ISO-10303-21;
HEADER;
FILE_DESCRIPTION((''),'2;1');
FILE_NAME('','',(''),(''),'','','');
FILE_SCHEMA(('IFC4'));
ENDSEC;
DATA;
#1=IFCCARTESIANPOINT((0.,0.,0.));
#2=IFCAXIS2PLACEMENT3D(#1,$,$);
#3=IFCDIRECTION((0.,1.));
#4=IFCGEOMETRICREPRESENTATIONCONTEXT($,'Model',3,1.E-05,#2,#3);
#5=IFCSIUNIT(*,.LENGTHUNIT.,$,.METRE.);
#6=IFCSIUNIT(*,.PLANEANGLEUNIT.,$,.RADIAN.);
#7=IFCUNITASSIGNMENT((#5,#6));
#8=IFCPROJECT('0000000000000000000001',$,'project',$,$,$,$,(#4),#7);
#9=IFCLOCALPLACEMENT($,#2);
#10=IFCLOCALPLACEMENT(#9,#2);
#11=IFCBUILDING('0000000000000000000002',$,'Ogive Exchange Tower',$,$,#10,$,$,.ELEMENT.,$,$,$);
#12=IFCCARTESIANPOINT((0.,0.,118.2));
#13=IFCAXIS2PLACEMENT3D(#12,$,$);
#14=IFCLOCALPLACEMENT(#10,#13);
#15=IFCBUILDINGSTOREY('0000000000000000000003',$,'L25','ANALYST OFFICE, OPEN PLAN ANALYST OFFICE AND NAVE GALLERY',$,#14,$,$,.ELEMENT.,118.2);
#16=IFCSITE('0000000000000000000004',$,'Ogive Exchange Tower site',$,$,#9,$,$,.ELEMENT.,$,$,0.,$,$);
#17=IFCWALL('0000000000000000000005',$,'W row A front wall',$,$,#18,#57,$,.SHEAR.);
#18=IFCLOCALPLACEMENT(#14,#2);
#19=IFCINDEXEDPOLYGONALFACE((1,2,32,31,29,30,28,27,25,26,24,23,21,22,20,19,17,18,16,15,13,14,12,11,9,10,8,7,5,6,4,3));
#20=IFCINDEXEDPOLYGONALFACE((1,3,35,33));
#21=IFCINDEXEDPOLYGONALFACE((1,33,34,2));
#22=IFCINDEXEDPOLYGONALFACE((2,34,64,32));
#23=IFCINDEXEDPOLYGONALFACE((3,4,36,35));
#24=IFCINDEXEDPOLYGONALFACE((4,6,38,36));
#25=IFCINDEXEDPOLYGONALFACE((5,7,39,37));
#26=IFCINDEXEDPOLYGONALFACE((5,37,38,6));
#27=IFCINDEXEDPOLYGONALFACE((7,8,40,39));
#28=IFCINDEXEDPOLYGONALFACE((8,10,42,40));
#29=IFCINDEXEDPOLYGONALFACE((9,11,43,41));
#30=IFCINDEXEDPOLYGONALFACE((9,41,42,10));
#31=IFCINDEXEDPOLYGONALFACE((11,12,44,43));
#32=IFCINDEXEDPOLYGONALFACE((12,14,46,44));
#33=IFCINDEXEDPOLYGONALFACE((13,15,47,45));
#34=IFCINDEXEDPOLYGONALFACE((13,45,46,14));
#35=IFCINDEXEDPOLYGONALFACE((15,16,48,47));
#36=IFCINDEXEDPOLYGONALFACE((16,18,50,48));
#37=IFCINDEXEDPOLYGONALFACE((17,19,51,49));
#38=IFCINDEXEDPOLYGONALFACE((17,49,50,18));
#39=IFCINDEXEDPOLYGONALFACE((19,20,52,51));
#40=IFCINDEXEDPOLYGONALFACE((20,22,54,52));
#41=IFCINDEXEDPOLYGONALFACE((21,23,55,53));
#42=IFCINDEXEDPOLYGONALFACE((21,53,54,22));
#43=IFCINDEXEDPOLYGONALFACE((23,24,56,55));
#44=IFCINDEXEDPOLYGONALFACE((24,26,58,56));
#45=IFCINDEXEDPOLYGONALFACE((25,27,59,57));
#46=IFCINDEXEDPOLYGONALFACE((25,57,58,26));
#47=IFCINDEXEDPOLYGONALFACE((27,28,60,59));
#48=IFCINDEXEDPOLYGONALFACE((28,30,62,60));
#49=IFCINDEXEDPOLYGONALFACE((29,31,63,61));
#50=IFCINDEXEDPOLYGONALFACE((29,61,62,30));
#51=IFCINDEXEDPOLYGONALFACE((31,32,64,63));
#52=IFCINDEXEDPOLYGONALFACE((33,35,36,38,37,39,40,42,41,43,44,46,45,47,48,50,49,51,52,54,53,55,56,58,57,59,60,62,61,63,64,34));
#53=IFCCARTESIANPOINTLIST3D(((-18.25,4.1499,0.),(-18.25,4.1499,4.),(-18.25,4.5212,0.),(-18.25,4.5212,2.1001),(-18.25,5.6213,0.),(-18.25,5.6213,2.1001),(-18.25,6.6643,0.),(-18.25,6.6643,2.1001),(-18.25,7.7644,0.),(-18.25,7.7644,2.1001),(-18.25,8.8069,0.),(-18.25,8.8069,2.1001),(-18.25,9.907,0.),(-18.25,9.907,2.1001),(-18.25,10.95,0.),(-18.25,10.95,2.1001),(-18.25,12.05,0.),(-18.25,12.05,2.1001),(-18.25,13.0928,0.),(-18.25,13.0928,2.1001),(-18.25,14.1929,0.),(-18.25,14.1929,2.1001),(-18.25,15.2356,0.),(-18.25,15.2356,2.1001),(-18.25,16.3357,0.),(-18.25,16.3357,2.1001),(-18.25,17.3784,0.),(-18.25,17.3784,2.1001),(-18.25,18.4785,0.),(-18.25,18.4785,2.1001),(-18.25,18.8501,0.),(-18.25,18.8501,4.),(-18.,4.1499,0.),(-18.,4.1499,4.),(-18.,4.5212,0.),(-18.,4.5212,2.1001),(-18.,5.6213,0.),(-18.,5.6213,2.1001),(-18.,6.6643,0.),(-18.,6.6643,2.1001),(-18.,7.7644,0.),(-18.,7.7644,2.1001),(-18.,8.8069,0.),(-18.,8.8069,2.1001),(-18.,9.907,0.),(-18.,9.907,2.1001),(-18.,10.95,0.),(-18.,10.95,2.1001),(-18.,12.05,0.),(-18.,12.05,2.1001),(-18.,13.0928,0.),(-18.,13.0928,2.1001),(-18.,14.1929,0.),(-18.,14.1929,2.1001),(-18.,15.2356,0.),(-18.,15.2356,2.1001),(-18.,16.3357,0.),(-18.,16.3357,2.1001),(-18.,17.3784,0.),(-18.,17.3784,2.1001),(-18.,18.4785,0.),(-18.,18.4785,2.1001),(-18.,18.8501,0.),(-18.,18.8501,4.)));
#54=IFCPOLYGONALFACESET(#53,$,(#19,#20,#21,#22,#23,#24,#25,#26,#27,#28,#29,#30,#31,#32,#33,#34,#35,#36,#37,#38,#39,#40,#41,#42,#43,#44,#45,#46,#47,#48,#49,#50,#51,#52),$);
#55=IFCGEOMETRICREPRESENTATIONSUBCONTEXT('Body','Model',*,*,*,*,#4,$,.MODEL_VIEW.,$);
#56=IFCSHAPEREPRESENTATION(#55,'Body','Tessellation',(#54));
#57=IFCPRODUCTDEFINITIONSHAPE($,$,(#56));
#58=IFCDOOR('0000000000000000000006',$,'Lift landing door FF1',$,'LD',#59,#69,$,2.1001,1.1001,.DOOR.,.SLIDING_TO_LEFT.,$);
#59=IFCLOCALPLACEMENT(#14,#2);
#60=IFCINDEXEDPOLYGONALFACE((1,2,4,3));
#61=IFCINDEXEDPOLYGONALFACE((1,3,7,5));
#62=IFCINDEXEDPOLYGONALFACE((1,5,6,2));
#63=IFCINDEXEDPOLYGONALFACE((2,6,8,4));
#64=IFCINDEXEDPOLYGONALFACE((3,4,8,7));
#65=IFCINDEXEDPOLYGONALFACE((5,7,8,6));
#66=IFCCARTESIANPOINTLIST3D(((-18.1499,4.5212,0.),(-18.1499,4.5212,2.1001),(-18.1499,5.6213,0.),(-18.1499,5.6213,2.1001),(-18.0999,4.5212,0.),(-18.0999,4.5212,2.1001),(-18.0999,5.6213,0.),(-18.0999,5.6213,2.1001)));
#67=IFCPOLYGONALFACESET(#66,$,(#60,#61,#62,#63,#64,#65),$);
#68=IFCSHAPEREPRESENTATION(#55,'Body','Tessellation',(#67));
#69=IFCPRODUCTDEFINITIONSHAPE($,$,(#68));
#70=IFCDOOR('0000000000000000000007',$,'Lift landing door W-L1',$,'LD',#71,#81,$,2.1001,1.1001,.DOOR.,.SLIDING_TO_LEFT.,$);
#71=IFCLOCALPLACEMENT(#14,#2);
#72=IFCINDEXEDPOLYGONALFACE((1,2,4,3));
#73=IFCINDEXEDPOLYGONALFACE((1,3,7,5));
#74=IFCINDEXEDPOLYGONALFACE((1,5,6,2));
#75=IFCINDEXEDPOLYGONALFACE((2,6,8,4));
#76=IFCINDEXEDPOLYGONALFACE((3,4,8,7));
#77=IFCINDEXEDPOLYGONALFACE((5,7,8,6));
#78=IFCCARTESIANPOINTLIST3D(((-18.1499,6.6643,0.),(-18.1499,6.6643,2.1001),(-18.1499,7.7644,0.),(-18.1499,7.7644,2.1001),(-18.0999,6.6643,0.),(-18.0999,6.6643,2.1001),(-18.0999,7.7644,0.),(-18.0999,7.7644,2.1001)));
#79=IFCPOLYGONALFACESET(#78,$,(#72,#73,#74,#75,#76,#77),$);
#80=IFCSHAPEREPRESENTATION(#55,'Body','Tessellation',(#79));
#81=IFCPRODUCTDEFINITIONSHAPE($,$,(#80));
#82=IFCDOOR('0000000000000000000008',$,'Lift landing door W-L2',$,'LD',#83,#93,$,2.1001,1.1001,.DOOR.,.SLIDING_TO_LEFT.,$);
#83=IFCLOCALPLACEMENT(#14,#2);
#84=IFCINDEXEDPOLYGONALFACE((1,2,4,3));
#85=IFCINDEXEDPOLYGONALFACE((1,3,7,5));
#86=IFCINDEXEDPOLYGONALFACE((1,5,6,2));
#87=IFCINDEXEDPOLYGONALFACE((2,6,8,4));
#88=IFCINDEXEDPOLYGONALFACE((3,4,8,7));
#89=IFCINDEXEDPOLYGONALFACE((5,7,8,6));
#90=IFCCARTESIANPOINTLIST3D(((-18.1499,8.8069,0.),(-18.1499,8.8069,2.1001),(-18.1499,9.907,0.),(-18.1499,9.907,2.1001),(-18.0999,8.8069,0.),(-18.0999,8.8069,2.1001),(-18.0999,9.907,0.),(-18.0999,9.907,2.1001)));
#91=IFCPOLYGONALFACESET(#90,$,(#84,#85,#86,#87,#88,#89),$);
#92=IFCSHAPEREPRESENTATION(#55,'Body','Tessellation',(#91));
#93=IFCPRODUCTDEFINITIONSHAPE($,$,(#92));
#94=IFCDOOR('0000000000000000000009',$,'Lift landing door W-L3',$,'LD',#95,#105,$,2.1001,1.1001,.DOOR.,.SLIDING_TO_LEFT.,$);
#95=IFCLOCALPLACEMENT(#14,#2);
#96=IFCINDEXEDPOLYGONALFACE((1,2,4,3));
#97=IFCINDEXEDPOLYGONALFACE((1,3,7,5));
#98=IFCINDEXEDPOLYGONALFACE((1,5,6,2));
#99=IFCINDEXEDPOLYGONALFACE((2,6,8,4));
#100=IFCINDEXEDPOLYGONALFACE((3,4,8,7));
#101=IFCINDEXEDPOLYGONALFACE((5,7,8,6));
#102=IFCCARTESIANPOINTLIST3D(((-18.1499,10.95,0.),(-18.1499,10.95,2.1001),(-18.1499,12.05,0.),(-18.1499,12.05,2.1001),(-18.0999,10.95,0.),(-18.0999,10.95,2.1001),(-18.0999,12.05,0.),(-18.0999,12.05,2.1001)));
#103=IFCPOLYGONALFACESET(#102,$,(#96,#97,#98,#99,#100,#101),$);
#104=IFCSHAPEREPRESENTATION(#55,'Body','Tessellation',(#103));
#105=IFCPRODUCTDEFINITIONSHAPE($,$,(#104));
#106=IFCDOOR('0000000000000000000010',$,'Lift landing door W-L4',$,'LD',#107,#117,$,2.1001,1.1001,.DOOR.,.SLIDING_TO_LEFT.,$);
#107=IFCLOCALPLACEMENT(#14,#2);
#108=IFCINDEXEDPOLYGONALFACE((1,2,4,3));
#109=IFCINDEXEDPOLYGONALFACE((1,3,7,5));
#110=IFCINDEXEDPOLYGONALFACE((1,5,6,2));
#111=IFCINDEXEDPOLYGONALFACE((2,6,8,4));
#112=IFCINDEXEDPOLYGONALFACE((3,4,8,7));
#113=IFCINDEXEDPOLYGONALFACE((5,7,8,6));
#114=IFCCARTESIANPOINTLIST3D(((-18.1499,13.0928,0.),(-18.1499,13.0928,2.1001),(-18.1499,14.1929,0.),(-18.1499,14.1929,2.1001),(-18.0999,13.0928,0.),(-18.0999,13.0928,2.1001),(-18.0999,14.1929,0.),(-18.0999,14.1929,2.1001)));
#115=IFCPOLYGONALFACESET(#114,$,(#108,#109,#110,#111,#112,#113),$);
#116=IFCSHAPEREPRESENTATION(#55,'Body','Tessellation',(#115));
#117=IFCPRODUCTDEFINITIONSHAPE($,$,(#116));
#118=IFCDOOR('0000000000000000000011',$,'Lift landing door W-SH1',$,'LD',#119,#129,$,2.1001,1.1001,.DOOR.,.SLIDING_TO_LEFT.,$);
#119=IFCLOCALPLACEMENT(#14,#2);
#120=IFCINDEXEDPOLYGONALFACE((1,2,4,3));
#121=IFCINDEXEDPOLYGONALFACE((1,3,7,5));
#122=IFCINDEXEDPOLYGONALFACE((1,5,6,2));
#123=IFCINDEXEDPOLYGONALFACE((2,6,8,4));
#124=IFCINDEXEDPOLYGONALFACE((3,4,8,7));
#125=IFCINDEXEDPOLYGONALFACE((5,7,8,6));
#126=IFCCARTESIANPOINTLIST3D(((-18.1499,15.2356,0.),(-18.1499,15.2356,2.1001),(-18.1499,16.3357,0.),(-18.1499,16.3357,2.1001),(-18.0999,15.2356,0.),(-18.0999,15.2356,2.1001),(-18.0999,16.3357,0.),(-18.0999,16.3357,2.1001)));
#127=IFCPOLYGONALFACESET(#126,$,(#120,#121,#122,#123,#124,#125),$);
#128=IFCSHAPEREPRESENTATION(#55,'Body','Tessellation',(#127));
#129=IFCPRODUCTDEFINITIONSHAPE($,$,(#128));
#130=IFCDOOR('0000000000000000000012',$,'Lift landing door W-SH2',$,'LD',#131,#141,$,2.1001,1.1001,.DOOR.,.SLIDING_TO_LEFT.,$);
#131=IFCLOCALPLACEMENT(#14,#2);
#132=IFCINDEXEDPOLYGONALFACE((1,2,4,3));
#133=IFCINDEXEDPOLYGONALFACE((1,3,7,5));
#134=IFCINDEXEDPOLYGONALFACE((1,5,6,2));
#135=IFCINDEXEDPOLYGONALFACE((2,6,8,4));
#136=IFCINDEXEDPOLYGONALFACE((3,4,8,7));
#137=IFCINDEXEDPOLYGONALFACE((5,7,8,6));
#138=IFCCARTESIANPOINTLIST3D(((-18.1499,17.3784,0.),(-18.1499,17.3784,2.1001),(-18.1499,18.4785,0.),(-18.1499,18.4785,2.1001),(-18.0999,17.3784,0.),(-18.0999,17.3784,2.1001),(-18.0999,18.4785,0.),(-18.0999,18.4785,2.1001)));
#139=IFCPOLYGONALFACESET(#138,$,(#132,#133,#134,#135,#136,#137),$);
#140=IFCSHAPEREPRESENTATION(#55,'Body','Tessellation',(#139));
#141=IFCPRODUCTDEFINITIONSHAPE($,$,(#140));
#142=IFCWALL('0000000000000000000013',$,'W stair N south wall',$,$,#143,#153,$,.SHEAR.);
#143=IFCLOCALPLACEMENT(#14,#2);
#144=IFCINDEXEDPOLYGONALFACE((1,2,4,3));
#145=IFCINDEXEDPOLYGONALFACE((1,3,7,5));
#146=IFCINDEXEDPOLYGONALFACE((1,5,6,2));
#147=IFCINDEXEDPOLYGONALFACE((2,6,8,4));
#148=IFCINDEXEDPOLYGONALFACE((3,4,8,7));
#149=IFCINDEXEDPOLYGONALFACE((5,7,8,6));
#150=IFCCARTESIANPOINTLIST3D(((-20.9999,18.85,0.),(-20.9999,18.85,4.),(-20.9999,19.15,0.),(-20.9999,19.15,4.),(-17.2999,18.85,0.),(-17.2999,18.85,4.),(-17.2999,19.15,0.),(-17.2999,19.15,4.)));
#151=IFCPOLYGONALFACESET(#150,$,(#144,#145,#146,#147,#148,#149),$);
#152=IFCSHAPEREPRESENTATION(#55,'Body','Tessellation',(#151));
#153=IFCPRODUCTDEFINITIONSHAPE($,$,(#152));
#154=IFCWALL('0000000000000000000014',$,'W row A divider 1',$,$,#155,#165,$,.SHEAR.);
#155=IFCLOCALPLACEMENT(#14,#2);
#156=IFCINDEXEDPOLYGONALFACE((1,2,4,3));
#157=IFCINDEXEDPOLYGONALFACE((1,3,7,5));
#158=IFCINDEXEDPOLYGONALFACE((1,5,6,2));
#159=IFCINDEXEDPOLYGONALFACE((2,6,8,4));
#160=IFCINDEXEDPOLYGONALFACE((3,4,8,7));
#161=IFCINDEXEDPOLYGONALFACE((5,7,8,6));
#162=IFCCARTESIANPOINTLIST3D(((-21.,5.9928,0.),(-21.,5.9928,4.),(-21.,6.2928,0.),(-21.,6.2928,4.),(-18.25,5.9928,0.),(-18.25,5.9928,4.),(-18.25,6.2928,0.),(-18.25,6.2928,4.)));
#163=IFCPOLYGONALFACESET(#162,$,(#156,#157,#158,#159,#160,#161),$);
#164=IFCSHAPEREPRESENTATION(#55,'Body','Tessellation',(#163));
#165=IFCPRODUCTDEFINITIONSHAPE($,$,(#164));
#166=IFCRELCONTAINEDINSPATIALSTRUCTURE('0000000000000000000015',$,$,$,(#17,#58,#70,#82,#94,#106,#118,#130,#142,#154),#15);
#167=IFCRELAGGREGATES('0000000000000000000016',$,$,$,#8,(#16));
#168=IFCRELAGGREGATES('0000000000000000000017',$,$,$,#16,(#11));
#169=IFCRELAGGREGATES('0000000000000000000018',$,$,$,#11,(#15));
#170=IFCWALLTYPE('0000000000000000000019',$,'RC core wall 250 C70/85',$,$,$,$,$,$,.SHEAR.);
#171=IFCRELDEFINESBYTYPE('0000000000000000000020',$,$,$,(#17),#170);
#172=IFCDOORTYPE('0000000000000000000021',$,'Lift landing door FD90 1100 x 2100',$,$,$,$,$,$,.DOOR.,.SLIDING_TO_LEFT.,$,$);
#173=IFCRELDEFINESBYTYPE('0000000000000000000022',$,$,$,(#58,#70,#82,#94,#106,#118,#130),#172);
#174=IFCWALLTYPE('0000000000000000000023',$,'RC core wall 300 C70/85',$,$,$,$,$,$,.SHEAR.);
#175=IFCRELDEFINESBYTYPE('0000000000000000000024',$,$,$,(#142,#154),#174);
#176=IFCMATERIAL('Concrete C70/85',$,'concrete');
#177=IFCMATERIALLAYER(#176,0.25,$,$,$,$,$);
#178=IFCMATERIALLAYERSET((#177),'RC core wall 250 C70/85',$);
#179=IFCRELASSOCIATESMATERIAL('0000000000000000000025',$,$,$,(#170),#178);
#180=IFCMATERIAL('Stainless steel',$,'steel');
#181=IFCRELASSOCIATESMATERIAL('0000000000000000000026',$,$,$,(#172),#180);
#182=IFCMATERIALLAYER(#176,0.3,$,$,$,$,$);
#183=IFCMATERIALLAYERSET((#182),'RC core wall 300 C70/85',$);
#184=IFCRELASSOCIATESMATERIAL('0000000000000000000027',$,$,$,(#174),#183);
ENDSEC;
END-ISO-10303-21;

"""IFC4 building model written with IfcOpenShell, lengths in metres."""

from ifc_helpers import new_model, si_unit, direction, frame, frame_2d, origin, place, context, subcontext, project, spatial, rectangle, extrude, material, layer, layer_set, type_object, element, fill, save


model = new_model("IFC4")

# Units and contexts
model_context = context("Model", 3, precision=1e-05, world=origin(), true_north=direction((0.0, 1.0)))
body_context = subcontext(model_context, "Body", "Model", "MODEL_VIEW")
ifc_project = project(units=[si_unit("LENGTHUNIT", "METRE"), si_unit("PLANEANGLEUNIT", "RADIAN")], contexts=[model_context])

# Site, building, storey
site_placement = place(None, origin())
site = spatial("IfcSite", under=ifc_project, at=site_placement, Name="Ogive Exchange Tower site", CompositionType="ELEMENT", RefElevation=0.0)
building_placement = place(site_placement, origin())
building = spatial("IfcBuilding", under=site, at=building_placement, Name="Ogive Exchange Tower", CompositionType="ELEMENT")
storey_placement = place(building_placement, frame((0.0, 0.0, 118.2)))
storey = spatial("IfcBuildingStorey", under=building, at=storey_placement, Name="L25", Description="ANALYST OFFICE, OPEN PLAN ANALYST OFFICE AND NAVE GALLERY", CompositionType="ELEMENT", Elevation=118.2)

# Wall, openings, doors
ifc_material_1 = material(Name="Concrete C70/85", Category="concrete")
ifc_layer_1 = layer(ifc_material_1, 0.25)
ifc_layer_set_1 = layer_set([ifc_layer_1], Name="RC core wall 250 C70/85")
wall_type_1 = type_object("IfcWallType", Name="RC core wall 250 C70/85", PredefinedType="SHEAR", material=ifc_layer_set_1)
wall_1_placement = place(storey_placement, frame((-18.125, 4.1499, 0.0), z_axis=(0.0, 0.0, 1.0), x_axis=(0.0, 1.0, 0.0)))
wall_1 = element("IfcWall", 1, at=wall_1_placement, inside=storey, type_object=wall_type_1, Name="W row A front wall", PredefinedType="SHEAR", context=body_context, shape_type="SweptSolid", body=[
    extrude(rectangle(XDim=14.7002, YDim=0.25, at=frame_2d((7.3501, 0.0))), origin(), (0.0, 0.0, 1.0), 4.0),
])
opening_1_placement = place(wall_1_placement, frame((0.3713, 0.0, 0.0)))
opening_1 = element("IfcOpeningElement", 2, at=opening_1_placement, cuts=wall_1, PredefinedType="OPENING", context=body_context, shape_type="SweptSolid", body=[
    extrude(rectangle(XDim=1.1001, YDim=2.1001, at=frame_2d((0.55, 1.05))), frame((0.0, 0.135, 0.0), z_axis=(0.0, -1.0, 0.0), x_axis=(1.0, 0.0, 0.0)), (0.0, 0.0, 1.0), 0.27),
])
opening_2_placement = place(wall_1_placement, frame((2.5144, 0.0, 0.0)))
opening_2 = element("IfcOpeningElement", 3, at=opening_2_placement, cuts=wall_1, PredefinedType="OPENING", context=body_context, shape_type="SweptSolid", body=[
    extrude(rectangle(XDim=1.1001, YDim=2.1001, at=frame_2d((0.55, 1.05))), frame((0.0, 0.135, 0.0), z_axis=(0.0, -1.0, 0.0), x_axis=(1.0, 0.0, 0.0)), (0.0, 0.0, 1.0), 0.27),
])
opening_3_placement = place(wall_1_placement, frame((4.657, 0.0, 0.0)))
opening_3 = element("IfcOpeningElement", 4, at=opening_3_placement, cuts=wall_1, PredefinedType="OPENING", context=body_context, shape_type="SweptSolid", body=[
    extrude(rectangle(XDim=1.1001, YDim=2.1001, at=frame_2d((0.55, 1.05))), frame((0.0, 0.135, 0.0), z_axis=(0.0, -1.0, 0.0), x_axis=(1.0, 0.0, 0.0)), (0.0, 0.0, 1.0), 0.27),
])
opening_4_placement = place(wall_1_placement, frame((6.8, 0.0, 0.0)))
opening_4 = element("IfcOpeningElement", 5, at=opening_4_placement, cuts=wall_1, PredefinedType="OPENING", context=body_context, shape_type="SweptSolid", body=[
    extrude(rectangle(XDim=1.1001, YDim=2.1001, at=frame_2d((0.55, 1.05))), frame((0.0, 0.135, 0.0), z_axis=(0.0, -1.0, 0.0), x_axis=(1.0, 0.0, 0.0)), (0.0, 0.0, 1.0), 0.27),
])
opening_5_placement = place(wall_1_placement, frame((8.9429, 0.0, 0.0)))
opening_5 = element("IfcOpeningElement", 6, at=opening_5_placement, cuts=wall_1, PredefinedType="OPENING", context=body_context, shape_type="SweptSolid", body=[
    extrude(rectangle(XDim=1.1001, YDim=2.1001, at=frame_2d((0.55, 1.05))), frame((0.0, 0.135, 0.0), z_axis=(0.0, -1.0, 0.0), x_axis=(1.0, 0.0, 0.0)), (0.0, 0.0, 1.0), 0.27),
])
opening_6_placement = place(wall_1_placement, frame((11.0857, 0.0, 0.0)))
opening_6 = element("IfcOpeningElement", 7, at=opening_6_placement, cuts=wall_1, PredefinedType="OPENING", context=body_context, shape_type="SweptSolid", body=[
    extrude(rectangle(XDim=1.1001, YDim=2.1001, at=frame_2d((0.55, 1.05))), frame((0.0, 0.135, 0.0), z_axis=(0.0, -1.0, 0.0), x_axis=(1.0, 0.0, 0.0)), (0.0, 0.0, 1.0), 0.27),
])
opening_7_placement = place(wall_1_placement, frame((13.2285, 0.0, 0.0)))
opening_7 = element("IfcOpeningElement", 8, at=opening_7_placement, cuts=wall_1, PredefinedType="OPENING", context=body_context, shape_type="SweptSolid", body=[
    extrude(rectangle(XDim=1.1001, YDim=2.1001, at=frame_2d((0.55, 1.05))), frame((0.0, 0.135, 0.0), z_axis=(0.0, -1.0, 0.0), x_axis=(1.0, 0.0, 0.0)), (0.0, 0.0, 1.0), 0.27),
])
ifc_material_2 = material(Name="Stainless steel", Category="steel")
door_type = type_object("IfcDoorType", Name="Lift landing door FD90 1100 x 2100", OperationType="SLIDING_TO_LEFT", PredefinedType="DOOR", material=ifc_material_2)
door_1_placement = place(opening_1_placement, origin())
door_1 = element("IfcDoor", 9, at=door_1_placement, inside=storey, type_object=door_type, Name="Lift landing door FF1", ObjectType="LD", OperationType="SLIDING_TO_LEFT", OverallHeight=2.1001, OverallWidth=1.1001, PredefinedType="DOOR", context=body_context, shape_type="SweptSolid", body=[
    extrude(rectangle(XDim=1.1001, YDim=2.1001, at=frame_2d((0.55, 1.05))), frame((0.0, 0.0249, 0.0), z_axis=(0.0, -1.0, 0.0), x_axis=(1.0, 0.0, 0.0)), (0.0, 0.0, 1.0), 0.05),
])
fill(opening_1, door_1)
door_2_placement = place(opening_2_placement, origin())
door_2 = element("IfcDoor", 10, at=door_2_placement, inside=storey, type_object=door_type, Name="Lift landing door W-L1", ObjectType="LD", OperationType="SLIDING_TO_LEFT", OverallHeight=2.1001, OverallWidth=1.1001, PredefinedType="DOOR", context=body_context, shape_type="SweptSolid", body=[
    extrude(rectangle(XDim=1.1001, YDim=2.1001, at=frame_2d((0.55, 1.05))), frame((0.0, 0.0249, 0.0), z_axis=(0.0, -1.0, 0.0), x_axis=(1.0, 0.0, 0.0)), (0.0, 0.0, 1.0), 0.05),
])
fill(opening_2, door_2)
door_3_placement = place(opening_3_placement, origin())
door_3 = element("IfcDoor", 11, at=door_3_placement, inside=storey, type_object=door_type, Name="Lift landing door W-L2", ObjectType="LD", OperationType="SLIDING_TO_LEFT", OverallHeight=2.1001, OverallWidth=1.1001, PredefinedType="DOOR", context=body_context, shape_type="SweptSolid", body=[
    extrude(rectangle(XDim=1.1001, YDim=2.1001, at=frame_2d((0.55, 1.05))), frame((0.0, 0.0249, 0.0), z_axis=(0.0, -1.0, 0.0), x_axis=(1.0, 0.0, 0.0)), (0.0, 0.0, 1.0), 0.05),
])
fill(opening_3, door_3)
door_4_placement = place(opening_4_placement, origin())
door_4 = element("IfcDoor", 12, at=door_4_placement, inside=storey, type_object=door_type, Name="Lift landing door W-L3", ObjectType="LD", OperationType="SLIDING_TO_LEFT", OverallHeight=2.1001, OverallWidth=1.1001, PredefinedType="DOOR", context=body_context, shape_type="SweptSolid", body=[
    extrude(rectangle(XDim=1.1001, YDim=2.1001, at=frame_2d((0.55, 1.05))), frame((0.0, 0.0249, 0.0), z_axis=(0.0, -1.0, 0.0), x_axis=(1.0, 0.0, 0.0)), (0.0, 0.0, 1.0), 0.05),
])
fill(opening_4, door_4)
door_5_placement = place(opening_5_placement, origin())
door_5 = element("IfcDoor", 13, at=door_5_placement, inside=storey, type_object=door_type, Name="Lift landing door W-L4", ObjectType="LD", OperationType="SLIDING_TO_LEFT", OverallHeight=2.1001, OverallWidth=1.1001, PredefinedType="DOOR", context=body_context, shape_type="SweptSolid", body=[
    extrude(rectangle(XDim=1.1001, YDim=2.1001, at=frame_2d((0.55, 1.05))), frame((0.0, 0.0249, 0.0), z_axis=(0.0, -1.0, 0.0), x_axis=(1.0, 0.0, 0.0)), (0.0, 0.0, 1.0), 0.05),
])
fill(opening_5, door_5)
door_6_placement = place(opening_6_placement, origin())
door_6 = element("IfcDoor", 14, at=door_6_placement, inside=storey, type_object=door_type, Name="Lift landing door W-SH1", ObjectType="LD", OperationType="SLIDING_TO_LEFT", OverallHeight=2.1001, OverallWidth=1.1001, PredefinedType="DOOR", context=body_context, shape_type="SweptSolid", body=[
    extrude(rectangle(XDim=1.1001, YDim=2.1001, at=frame_2d((0.55, 1.05))), frame((0.0, 0.0249, 0.0), z_axis=(0.0, -1.0, 0.0), x_axis=(1.0, 0.0, 0.0)), (0.0, 0.0, 1.0), 0.05),
])
fill(opening_6, door_6)
door_7_placement = place(opening_7_placement, origin())
door_7 = element("IfcDoor", 15, at=door_7_placement, inside=storey, type_object=door_type, Name="Lift landing door W-SH2", ObjectType="LD", OperationType="SLIDING_TO_LEFT", OverallHeight=2.1001, OverallWidth=1.1001, PredefinedType="DOOR", context=body_context, shape_type="SweptSolid", body=[
    extrude(rectangle(XDim=1.1001, YDim=2.1001, at=frame_2d((0.55, 1.05))), frame((0.0, 0.0249, 0.0), z_axis=(0.0, -1.0, 0.0), x_axis=(1.0, 0.0, 0.0)), (0.0, 0.0, 1.0), 0.05),
])
fill(opening_7, door_7)

# Walls
ifc_layer_2 = layer(ifc_material_1, 0.3)
ifc_layer_set_2 = layer_set([ifc_layer_2], Name="RC core wall 300 C70/85")
wall_type_2 = type_object("IfcWallType", Name="RC core wall 300 C70/85", PredefinedType="SHEAR", material=ifc_layer_set_2)
wall_2_placement = place(storey_placement, frame((-21.0, 19.0, 0.0), z_axis=(0.0, 0.0, 1.0), x_axis=(1.0, 0.0, 0.0)))
element("IfcWall", 16, at=wall_2_placement, inside=storey, type_object=wall_type_2, Name="W stair N south wall", PredefinedType="SHEAR", context=body_context, shape_type="SweptSolid", body=[
    extrude(rectangle(XDim=3.7, YDim=0.3, at=frame_2d((1.8501, 0.0))), origin(), (0.0, 0.0, 1.0), 4.0),
])
for number, where, z_axis, x_axis, name in (
    (17, (-21.0, 6.1428, 0.0), (0.0, 0.0, 1.0), (1.0, 0.0, 0.0), "W row A divider 1"),
):
    element("IfcWall", number, at=place(storey_placement, frame(where, z_axis=z_axis, x_axis=x_axis)), inside=storey, type_object=wall_type_2, Name=name, PredefinedType="SHEAR", context=body_context, shape_type="SweptSolid", body=[
        extrude(rectangle(XDim=2.75, YDim=0.3, at=frame_2d((1.375, 0.0))), origin(), (0.0, 0.0, 1.0), 4.0),
    ])

save(model, "model.ifc")
